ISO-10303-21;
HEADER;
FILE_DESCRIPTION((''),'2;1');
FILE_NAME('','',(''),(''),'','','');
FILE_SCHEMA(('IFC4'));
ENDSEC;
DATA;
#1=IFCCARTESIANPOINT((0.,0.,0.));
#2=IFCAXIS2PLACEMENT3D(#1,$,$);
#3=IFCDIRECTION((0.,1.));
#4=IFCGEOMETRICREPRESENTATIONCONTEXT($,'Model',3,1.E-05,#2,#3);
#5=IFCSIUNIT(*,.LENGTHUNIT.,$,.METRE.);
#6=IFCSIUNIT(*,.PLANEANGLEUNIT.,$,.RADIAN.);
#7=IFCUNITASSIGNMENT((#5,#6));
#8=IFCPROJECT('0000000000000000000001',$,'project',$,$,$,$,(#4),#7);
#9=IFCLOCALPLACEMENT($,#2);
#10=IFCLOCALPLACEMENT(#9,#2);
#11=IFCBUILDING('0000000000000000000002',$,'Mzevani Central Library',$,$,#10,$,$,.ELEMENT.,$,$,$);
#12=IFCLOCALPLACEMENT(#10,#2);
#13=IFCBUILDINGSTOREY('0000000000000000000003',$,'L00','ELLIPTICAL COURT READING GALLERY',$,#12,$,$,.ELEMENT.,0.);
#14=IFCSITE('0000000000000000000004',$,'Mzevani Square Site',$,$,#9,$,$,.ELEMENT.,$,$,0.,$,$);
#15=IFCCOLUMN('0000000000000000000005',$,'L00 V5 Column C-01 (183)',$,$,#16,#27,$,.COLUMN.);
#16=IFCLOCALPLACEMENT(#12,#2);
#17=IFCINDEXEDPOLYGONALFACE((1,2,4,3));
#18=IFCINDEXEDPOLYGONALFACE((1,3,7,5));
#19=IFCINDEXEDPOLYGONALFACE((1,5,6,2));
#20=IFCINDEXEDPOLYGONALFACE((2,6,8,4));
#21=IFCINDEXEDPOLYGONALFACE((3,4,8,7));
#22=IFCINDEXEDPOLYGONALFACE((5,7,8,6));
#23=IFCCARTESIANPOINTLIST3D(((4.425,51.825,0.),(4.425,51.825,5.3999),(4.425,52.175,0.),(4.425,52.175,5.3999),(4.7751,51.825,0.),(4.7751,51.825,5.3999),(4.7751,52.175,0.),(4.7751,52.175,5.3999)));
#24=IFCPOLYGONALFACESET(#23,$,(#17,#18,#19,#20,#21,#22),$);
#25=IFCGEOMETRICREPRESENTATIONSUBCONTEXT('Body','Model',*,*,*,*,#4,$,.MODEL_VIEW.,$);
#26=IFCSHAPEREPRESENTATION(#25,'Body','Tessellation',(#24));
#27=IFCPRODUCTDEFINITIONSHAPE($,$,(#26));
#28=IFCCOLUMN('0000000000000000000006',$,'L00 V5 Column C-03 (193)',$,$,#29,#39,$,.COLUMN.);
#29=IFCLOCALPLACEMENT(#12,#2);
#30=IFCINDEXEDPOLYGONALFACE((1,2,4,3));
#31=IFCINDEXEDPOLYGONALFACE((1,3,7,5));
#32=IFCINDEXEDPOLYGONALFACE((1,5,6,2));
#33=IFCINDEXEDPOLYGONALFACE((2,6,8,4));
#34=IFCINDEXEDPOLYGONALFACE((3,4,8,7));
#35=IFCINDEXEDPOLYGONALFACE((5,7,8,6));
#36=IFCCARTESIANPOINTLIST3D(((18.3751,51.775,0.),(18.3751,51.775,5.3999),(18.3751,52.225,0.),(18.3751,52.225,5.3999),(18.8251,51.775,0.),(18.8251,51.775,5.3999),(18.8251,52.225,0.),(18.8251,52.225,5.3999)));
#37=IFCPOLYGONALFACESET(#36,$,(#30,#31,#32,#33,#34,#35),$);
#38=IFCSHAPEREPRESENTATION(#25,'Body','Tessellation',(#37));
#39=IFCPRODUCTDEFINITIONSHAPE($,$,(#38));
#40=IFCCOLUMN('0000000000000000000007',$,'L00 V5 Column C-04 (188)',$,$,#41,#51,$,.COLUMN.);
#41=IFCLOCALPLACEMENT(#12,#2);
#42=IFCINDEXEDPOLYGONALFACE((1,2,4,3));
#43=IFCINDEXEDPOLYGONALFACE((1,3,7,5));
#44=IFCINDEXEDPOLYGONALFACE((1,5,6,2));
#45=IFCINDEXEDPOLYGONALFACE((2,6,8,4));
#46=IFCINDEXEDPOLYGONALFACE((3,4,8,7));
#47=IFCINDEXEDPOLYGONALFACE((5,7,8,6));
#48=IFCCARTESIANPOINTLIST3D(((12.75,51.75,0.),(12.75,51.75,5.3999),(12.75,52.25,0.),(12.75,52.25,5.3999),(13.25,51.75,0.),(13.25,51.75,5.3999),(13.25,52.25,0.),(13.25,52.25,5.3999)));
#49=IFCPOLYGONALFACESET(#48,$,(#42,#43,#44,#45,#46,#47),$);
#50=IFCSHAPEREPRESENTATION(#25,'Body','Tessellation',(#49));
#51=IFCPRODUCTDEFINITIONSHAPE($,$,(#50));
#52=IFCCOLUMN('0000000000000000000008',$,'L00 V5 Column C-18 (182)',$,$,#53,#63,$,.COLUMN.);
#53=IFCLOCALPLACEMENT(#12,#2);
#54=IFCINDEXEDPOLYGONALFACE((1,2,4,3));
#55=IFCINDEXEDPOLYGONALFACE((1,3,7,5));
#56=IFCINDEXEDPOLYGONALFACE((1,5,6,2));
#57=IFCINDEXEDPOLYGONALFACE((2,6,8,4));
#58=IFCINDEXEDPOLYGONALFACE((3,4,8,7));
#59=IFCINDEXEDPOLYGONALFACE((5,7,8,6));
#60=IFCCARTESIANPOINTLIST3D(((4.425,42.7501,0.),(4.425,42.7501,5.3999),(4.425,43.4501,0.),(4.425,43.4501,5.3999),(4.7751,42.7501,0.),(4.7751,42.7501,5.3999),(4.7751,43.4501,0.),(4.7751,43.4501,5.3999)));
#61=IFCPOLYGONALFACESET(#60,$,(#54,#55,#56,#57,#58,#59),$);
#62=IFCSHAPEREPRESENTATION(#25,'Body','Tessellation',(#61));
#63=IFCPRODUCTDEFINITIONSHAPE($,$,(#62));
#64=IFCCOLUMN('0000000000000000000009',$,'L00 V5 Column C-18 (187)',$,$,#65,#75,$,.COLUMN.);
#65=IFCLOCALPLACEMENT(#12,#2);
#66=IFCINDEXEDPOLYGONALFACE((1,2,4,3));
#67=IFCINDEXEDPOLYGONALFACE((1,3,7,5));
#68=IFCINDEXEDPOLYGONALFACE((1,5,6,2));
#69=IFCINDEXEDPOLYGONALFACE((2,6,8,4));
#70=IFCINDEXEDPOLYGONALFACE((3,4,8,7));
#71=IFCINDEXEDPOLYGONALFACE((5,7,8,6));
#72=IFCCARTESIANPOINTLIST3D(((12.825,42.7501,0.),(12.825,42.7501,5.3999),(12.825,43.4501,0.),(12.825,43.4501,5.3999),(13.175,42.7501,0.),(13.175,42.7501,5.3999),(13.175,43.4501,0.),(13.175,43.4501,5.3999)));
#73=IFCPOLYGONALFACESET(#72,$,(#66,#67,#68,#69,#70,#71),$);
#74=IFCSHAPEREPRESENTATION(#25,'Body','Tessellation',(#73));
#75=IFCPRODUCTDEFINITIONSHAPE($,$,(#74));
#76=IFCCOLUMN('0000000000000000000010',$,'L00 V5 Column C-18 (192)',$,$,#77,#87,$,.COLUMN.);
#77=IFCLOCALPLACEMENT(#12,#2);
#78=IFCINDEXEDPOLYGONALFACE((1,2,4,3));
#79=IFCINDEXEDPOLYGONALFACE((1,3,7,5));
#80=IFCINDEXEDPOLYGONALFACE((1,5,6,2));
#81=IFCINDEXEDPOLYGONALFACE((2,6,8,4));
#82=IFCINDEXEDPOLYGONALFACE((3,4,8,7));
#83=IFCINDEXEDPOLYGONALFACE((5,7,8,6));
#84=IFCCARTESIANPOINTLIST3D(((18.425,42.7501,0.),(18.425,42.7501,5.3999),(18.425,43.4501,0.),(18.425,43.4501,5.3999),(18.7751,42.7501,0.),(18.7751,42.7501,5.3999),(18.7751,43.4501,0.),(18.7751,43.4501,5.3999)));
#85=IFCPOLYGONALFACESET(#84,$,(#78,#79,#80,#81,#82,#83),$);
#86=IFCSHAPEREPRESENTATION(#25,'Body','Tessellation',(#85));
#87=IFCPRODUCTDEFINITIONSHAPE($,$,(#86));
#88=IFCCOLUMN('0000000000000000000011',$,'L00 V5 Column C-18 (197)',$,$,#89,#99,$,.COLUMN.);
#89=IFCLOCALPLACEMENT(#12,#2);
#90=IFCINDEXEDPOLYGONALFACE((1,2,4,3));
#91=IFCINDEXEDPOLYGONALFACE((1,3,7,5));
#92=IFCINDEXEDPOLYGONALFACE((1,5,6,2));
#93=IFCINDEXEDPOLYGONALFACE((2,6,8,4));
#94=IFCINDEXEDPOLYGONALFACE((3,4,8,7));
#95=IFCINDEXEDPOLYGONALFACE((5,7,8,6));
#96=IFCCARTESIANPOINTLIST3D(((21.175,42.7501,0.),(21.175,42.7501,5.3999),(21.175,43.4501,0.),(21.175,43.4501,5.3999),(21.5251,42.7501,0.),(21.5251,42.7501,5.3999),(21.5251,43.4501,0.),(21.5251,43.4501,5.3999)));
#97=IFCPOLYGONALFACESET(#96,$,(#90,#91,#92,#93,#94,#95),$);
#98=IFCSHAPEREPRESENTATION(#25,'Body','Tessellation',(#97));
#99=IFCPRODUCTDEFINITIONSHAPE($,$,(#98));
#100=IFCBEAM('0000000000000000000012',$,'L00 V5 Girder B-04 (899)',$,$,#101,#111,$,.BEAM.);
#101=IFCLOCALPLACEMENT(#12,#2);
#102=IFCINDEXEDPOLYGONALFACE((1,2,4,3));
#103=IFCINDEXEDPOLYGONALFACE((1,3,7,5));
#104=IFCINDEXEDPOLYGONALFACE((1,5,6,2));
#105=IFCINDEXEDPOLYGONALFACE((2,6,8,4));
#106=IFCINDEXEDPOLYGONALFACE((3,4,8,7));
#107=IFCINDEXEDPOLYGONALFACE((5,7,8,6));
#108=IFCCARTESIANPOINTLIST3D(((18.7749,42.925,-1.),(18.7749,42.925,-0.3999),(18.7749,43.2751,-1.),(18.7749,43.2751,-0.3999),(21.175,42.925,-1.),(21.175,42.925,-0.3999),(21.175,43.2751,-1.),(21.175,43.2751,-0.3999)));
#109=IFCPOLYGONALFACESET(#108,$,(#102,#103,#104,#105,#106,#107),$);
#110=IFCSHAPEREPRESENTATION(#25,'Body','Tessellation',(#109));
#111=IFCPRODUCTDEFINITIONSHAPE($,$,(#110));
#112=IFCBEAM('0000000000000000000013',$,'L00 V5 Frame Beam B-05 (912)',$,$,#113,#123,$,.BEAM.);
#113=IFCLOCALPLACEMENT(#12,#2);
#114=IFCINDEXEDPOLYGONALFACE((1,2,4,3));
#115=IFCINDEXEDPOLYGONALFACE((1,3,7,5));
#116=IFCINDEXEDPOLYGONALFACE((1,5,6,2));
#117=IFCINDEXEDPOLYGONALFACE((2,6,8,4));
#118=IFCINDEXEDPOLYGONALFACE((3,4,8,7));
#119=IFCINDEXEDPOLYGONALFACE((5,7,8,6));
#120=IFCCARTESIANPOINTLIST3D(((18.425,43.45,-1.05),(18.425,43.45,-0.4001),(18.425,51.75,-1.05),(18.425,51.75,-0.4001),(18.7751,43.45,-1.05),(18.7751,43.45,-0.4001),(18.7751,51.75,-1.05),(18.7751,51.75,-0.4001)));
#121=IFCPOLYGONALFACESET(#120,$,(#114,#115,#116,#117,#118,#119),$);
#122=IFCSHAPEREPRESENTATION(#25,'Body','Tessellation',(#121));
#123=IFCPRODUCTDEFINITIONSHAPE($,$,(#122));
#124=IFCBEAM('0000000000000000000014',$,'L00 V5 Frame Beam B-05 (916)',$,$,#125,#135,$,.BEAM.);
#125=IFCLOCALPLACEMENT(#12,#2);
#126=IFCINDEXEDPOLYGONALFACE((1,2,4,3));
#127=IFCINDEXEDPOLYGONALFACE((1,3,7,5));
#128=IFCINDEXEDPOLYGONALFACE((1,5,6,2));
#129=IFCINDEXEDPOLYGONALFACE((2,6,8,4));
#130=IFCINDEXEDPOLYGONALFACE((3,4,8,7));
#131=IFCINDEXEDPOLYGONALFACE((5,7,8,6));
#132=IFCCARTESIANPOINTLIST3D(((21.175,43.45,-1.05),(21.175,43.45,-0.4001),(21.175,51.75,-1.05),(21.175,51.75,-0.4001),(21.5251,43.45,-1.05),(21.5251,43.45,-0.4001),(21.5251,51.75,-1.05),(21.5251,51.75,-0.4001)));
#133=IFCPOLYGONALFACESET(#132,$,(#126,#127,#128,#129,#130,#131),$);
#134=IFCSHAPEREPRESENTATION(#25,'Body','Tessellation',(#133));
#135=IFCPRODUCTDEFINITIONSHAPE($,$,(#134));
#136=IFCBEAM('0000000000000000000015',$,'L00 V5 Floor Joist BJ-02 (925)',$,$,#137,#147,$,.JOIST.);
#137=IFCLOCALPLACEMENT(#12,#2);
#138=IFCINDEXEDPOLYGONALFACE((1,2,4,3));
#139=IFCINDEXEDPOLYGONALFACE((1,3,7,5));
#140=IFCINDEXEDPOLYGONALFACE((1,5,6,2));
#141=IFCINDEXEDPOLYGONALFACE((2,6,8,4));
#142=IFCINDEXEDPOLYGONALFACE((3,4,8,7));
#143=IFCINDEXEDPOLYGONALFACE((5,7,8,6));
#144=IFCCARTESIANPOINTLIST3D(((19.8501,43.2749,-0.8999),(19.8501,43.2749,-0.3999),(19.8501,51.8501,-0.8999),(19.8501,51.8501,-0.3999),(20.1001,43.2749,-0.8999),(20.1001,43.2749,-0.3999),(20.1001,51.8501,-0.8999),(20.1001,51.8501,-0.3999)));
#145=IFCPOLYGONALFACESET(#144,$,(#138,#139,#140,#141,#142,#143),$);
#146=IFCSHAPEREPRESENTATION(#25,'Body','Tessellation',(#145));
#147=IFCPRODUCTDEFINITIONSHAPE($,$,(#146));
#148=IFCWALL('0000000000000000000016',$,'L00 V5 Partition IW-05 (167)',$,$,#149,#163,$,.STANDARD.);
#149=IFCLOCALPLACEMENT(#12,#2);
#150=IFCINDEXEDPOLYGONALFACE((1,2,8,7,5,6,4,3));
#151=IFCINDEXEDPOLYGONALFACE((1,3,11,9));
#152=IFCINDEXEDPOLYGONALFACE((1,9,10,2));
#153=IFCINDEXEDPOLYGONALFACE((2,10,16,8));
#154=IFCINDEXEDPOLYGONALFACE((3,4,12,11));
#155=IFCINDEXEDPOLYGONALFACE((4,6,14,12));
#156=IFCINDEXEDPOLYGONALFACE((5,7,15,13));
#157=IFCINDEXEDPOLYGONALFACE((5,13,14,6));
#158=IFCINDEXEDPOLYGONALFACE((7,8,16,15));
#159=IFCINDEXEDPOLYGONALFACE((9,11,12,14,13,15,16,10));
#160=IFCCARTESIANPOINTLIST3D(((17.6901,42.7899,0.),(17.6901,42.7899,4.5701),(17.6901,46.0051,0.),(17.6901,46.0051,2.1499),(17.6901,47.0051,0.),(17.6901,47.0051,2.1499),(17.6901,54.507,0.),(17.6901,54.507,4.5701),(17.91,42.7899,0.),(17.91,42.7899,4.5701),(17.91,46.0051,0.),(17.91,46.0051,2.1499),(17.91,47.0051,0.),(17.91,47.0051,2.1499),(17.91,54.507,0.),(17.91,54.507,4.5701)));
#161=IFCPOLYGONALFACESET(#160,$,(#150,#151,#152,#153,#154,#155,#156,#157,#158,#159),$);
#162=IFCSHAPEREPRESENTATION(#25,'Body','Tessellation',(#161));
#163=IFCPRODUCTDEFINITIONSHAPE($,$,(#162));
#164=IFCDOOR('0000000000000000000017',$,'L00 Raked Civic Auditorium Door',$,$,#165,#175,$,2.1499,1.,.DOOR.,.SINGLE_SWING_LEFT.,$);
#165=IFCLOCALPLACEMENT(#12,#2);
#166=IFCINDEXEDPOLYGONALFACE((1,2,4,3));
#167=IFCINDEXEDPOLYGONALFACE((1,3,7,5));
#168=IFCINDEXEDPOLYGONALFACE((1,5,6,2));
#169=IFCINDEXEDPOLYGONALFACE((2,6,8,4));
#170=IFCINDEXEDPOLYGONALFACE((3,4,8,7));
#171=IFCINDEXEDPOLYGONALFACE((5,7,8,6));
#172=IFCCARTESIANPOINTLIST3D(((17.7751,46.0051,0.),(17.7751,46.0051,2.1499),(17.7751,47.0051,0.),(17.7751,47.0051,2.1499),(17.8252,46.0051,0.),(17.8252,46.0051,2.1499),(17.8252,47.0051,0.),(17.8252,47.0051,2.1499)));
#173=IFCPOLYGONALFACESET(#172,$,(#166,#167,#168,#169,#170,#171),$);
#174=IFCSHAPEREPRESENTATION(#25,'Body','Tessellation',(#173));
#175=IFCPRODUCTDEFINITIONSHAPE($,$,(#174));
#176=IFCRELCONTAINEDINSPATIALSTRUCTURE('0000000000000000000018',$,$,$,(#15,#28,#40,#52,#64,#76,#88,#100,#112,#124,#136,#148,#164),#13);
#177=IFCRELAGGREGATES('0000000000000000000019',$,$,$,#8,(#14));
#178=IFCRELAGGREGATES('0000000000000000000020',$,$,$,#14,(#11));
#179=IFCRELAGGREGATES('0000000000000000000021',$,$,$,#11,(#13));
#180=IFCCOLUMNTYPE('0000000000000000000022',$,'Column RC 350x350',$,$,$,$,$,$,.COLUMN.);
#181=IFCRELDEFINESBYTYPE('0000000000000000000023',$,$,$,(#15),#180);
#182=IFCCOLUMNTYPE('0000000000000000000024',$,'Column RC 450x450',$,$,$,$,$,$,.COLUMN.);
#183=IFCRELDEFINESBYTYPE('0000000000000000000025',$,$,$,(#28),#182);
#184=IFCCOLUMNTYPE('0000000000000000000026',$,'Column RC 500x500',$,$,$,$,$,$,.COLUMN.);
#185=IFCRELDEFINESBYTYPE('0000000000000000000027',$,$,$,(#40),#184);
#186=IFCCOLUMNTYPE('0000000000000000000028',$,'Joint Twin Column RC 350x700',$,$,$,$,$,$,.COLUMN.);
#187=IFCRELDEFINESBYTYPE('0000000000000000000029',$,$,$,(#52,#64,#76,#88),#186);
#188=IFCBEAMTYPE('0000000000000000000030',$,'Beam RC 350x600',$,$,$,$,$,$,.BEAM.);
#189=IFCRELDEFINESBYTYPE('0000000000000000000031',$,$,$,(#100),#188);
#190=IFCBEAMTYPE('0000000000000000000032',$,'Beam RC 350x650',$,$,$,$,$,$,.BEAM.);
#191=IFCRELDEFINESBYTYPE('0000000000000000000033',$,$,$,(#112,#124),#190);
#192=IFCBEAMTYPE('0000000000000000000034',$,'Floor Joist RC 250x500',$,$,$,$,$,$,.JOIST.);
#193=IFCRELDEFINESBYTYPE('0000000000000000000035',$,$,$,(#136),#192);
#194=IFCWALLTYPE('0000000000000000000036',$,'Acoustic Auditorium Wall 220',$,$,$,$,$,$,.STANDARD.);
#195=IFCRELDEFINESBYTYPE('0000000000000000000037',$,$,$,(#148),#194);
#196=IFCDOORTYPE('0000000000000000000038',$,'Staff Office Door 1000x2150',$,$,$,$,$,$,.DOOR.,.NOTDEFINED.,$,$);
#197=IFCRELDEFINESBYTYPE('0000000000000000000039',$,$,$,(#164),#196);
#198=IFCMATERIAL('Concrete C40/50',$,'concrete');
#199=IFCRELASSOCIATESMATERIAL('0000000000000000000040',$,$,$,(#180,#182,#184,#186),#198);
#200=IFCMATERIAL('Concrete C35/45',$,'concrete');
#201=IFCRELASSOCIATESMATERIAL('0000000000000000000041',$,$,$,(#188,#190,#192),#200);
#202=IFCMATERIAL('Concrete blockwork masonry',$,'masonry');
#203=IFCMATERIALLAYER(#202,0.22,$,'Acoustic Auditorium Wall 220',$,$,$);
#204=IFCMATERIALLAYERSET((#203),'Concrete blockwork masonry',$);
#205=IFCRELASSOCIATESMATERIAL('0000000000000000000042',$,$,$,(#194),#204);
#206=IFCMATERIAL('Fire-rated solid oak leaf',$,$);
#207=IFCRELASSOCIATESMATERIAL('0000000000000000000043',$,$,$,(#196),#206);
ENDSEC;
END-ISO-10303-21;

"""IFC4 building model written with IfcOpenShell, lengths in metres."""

from ifc_helpers import new_model, si_unit, direction, frame, frame_2d, origin, origin_2d, place, context, subcontext, project, spatial, rectangle, extrude, material, layer, layer_set, material_profile, profile_set, type_object, element, fill, save


model = new_model("IFC4")

# Units and contexts
model_context = context("Model", 3, precision=1e-05, world=origin(), true_north=direction((0.0, 1.0)))
body_context = subcontext(model_context, "Body", "Model", "MODEL_VIEW")
ifc_project = project(units=[si_unit("LENGTHUNIT", "METRE"), si_unit("PLANEANGLEUNIT", "RADIAN")], contexts=[model_context])

# Site, building, storey
site_placement = place(None, origin())
site = spatial("IfcSite", under=ifc_project, at=site_placement, Name="Mzevani Square Site", CompositionType="ELEMENT", RefElevation=0.0)
building_placement = place(site_placement, origin())
building = spatial("IfcBuilding", under=site, at=building_placement, Name="Mzevani Central Library", CompositionType="ELEMENT")
storey_placement = place(building_placement, origin())
storey = spatial("IfcBuildingStorey", under=building, at=storey_placement, Name="L00", Description="ELLIPTICAL COURT READING GALLERY", CompositionType="ELEMENT", Elevation=0.0)

# Columns
ifc_material_1 = material(Name="Concrete C40/50", Category="concrete")
ifc_material_profile_1 = material_profile(ifc_material_1, rectangle(XDim=0.3501, YDim=0.3501, at=origin_2d()), Name="RC 350x350")
ifc_profile_set_1 = profile_set([ifc_material_profile_1], Name="Concrete C40/50")
column_type_1 = type_object("IfcColumnType", Name="Column RC 350x350", PredefinedType="COLUMN", material=ifc_profile_set_1)
column_1_placement = place(storey_placement, frame((4.6001, 52.0, 0.0), z_axis=(0.0, 0.0, 1.0), x_axis=(1.0, 0.0, 0.0)))
element("IfcColumn", 1, at=column_1_placement, inside=storey, type_object=column_type_1, Name="L00 V5 Column C-01 (183)", PredefinedType="COLUMN", context=body_context, shape_type="SweptSolid", body=[
    extrude(rectangle(XDim=0.3501, YDim=0.3501, at=origin_2d()), origin(), (0.0, 0.0, 1.0), 5.3999),
])
ifc_material_profile_2 = material_profile(ifc_material_1, rectangle(XDim=0.45, YDim=0.45, at=origin_2d()), Name="RC 450x450")
ifc_profile_set_2 = profile_set([ifc_material_profile_2], Name="Concrete C40/50")
column_type_2 = type_object("IfcColumnType", Name="Column RC 450x450", PredefinedType="COLUMN", material=ifc_profile_set_2)
column_2_placement = place(storey_placement, frame((18.6001, 52.0, 0.0), z_axis=(0.0, 0.0, 1.0), x_axis=(1.0, 0.0, 0.0)))
element("IfcColumn", 2, at=column_2_placement, inside=storey, type_object=column_type_2, Name="L00 V5 Column C-03 (193)", PredefinedType="COLUMN", context=body_context, shape_type="SweptSolid", body=[
    extrude(rectangle(XDim=0.45, YDim=0.45, at=origin_2d()), origin(), (0.0, 0.0, 1.0), 5.3999),
])
ifc_material_profile_3 = material_profile(ifc_material_1, rectangle(XDim=0.5, YDim=0.5, at=origin_2d()), Name="RC 500x500")
ifc_profile_set_3 = profile_set([ifc_material_profile_3], Name="Concrete C40/50")
column_type_3 = type_object("IfcColumnType", Name="Column RC 500x500", PredefinedType="COLUMN", material=ifc_profile_set_3)
column_3_placement = place(storey_placement, frame((13.0, 52.0, 0.0), z_axis=(0.0, 0.0, 1.0), x_axis=(1.0, 0.0, 0.0)))
element("IfcColumn", 3, at=column_3_placement, inside=storey, type_object=column_type_3, Name="L00 V5 Column C-04 (188)", PredefinedType="COLUMN", context=body_context, shape_type="SweptSolid", body=[
    extrude(rectangle(XDim=0.5, YDim=0.5, at=origin_2d()), origin(), (0.0, 0.0, 1.0), 5.3999),
])
ifc_material_profile_4 = material_profile(ifc_material_1, rectangle(XDim=0.3501, YDim=0.7, at=origin_2d()), Name="RC 350x700")
ifc_profile_set_4 = profile_set([ifc_material_profile_4], Name="Concrete C40/50")
column_type_4 = type_object("IfcColumnType", Name="Joint Twin Column RC 350x700", PredefinedType="COLUMN", material=ifc_profile_set_4)
for number, where, z_axis, x_axis, name in (
    (4, (4.6001, 43.1001, 0.0), (0.0, 0.0, 1.0), (1.0, 0.0, 0.0), "L00 V5 Column C-18 (182)"),
    (5, (13.0, 43.1001, 0.0), (0.0, 0.0, 1.0), (1.0, 0.0, 0.0), "L00 V5 Column C-18 (187)"),
    (6, (18.6001, 43.1001, 0.0), (0.0, 0.0, 1.0), (1.0, 0.0, 0.0), "L00 V5 Column C-18 (192)"),
    (7, (21.3501, 43.1001, 0.0), (0.0, 0.0, 1.0), (1.0, 0.0, 0.0), "L00 V5 Column C-18 (197)"),
):
    element("IfcColumn", number, at=place(storey_placement, frame(where, z_axis=z_axis, x_axis=x_axis)), inside=storey, type_object=column_type_4, Name=name, PredefinedType="COLUMN", context=body_context, shape_type="SweptSolid", body=[
        extrude(rectangle(XDim=0.3501, YDim=0.7, at=origin_2d()), origin(), (0.0, 0.0, 1.0), 5.3999),
    ])

# Beams
ifc_material_2 = material(Name="Concrete C35/45", Category="concrete")
ifc_material_profile_5 = material_profile(ifc_material_2, rectangle(XDim=0.3501, YDim=0.6001, at=origin_2d()), Name="RC B350x600")
ifc_profile_set_5 = profile_set([ifc_material_profile_5], Name="Concrete C35/45")
beam_type_1 = type_object("IfcBeamType", Name="Beam RC 350x600", PredefinedType="BEAM", material=ifc_profile_set_5)
beam_1_placement = place(storey_placement, frame((18.7749, 43.1001, -0.7), z_axis=(1.0, 0.0, 0.0), x_axis=(0.0, 1.0, 0.0)))
element("IfcBeam", 8, at=beam_1_placement, inside=storey, type_object=beam_type_1, Name="L00 V5 Girder B-04 (899)", PredefinedType="BEAM", context=body_context, shape_type="SweptSolid", body=[
    extrude(rectangle(XDim=0.3501, YDim=0.6001, at=origin_2d()), origin(), (0.0, 0.0, 1.0), 2.4001),
])
ifc_material_profile_6 = material_profile(ifc_material_2, rectangle(XDim=0.3501, YDim=0.6499, at=origin_2d()), Name="RC B350x650")
ifc_profile_set_6 = profile_set([ifc_material_profile_6], Name="Concrete C35/45")
beam_type_2 = type_object("IfcBeamType", Name="Beam RC 350x650", PredefinedType="BEAM", material=ifc_profile_set_6)
for number, where, z_axis, x_axis, name in (
    (9, (18.6001, 43.45, -0.7251), (0.0, 1.0, 0.0), (-1.0, 0.0, 0.0), "L00 V5 Frame Beam B-05 (912)"),
    (10, (21.3501, 43.45, -0.7251), (0.0, 1.0, 0.0), (-1.0, 0.0, 0.0), "L00 V5 Frame Beam B-05 (916)"),
):
    element("IfcBeam", number, at=place(storey_placement, frame(where, z_axis=z_axis, x_axis=x_axis)), inside=storey, type_object=beam_type_2, Name=name, PredefinedType="BEAM", context=body_context, shape_type="SweptSolid", body=[
        extrude(rectangle(XDim=0.3501, YDim=0.6499, at=origin_2d()), origin(), (0.0, 0.0, 1.0), 8.3),
    ])
ifc_material_profile_7 = material_profile(ifc_material_2, rectangle(XDim=0.25, YDim=0.5, at=origin_2d()), Name="RC J250x500")
ifc_profile_set_7 = profile_set([ifc_material_profile_7], Name="Concrete C35/45")
beam_type_3 = type_object("IfcBeamType", Name="Floor Joist RC 250x500", PredefinedType="JOIST", material=ifc_profile_set_7)
beam_2_placement = place(storey_placement, frame((19.9751, 43.2749, -0.6499), z_axis=(0.0, 1.0, 0.0), x_axis=(-1.0, 0.0, 0.0)))
element("IfcBeam", 11, at=beam_2_placement, inside=storey, type_object=beam_type_3, Name="L00 V5 Floor Joist BJ-02 (925)", PredefinedType="JOIST", context=body_context, shape_type="SweptSolid", body=[
    extrude(rectangle(XDim=0.25, YDim=0.5, at=origin_2d()), origin(), (0.0, 0.0, 1.0), 8.5752),
])

# Wall, opening, door
ifc_material_3 = material(Name="Concrete blockwork masonry", Category="masonry")
ifc_layer_1 = layer(ifc_material_3, 0.22, Name="Acoustic Auditorium Wall 220")
ifc_layer_set_1 = layer_set([ifc_layer_1], Name="Concrete blockwork masonry")
wall_type_1 = type_object("IfcWallType", Name="Acoustic Auditorium Wall 220", PredefinedType="STANDARD", material=ifc_layer_set_1)
wall_1_placement = place(storey_placement, frame((17.8, 42.79, 0.0), z_axis=(0.0, 0.0, 1.0), x_axis=(0.0, 1.0, 0.0)))
wall_1 = element("IfcWall", 12, at=wall_1_placement, inside=storey, type_object=wall_type_1, Name="L00 V5 Partition IW-05 (167)", PredefinedType="STANDARD", context=body_context, shape_type="SweptSolid", body=[
    extrude(rectangle(XDim=11.717, YDim=0.22, at=frame_2d((5.8584, 0.0))), origin(), (0.0, 0.0, 1.0), 4.5701),
])
opening_1_placement = place(wall_1_placement, frame((3.2151, 0.0, 0.0)))
opening_1 = element("IfcOpeningElement", 13, at=opening_1_placement, cuts=wall_1, PredefinedType="OPENING", context=body_context, shape_type="SweptSolid", body=[
    extrude(rectangle(XDim=1.0, YDim=2.1499, at=frame_2d((0.5, 1.075))), frame((0.0, 0.1201, 0.0), z_axis=(0.0, -1.0, 0.0), x_axis=(1.0, 0.0, 0.0)), (0.0, 0.0, 1.0), 0.24),
])
ifc_material_4 = material(Name="Fire-rated solid oak leaf")
door_type_1 = type_object("IfcDoorType", Name="Staff Office Door 1000x2150", OperationType="NOTDEFINED", PredefinedType="DOOR", material=ifc_material_4)
door_1_placement = place(opening_1_placement, origin())
door_1 = element("IfcDoor", 14, at=door_1_placement, inside=storey, type_object=door_type_1, Name="L00 Raked Civic Auditorium Door", OperationType="SINGLE_SWING_LEFT", OverallHeight=2.1499, OverallWidth=1.0, PredefinedType="DOOR", context=body_context, shape_type="SweptSolid", body=[
    extrude(rectangle(XDim=1.0, YDim=2.1499, at=frame_2d((0.5, 1.075))), frame((0.0, 0.0249, 0.0), z_axis=(0.0, -1.0, 0.0), x_axis=(1.0, 0.0, 0.0)), (0.0, 0.0, 1.0), 0.05),
])
fill(opening_1, door_1)

save(model, "model.ifc")
